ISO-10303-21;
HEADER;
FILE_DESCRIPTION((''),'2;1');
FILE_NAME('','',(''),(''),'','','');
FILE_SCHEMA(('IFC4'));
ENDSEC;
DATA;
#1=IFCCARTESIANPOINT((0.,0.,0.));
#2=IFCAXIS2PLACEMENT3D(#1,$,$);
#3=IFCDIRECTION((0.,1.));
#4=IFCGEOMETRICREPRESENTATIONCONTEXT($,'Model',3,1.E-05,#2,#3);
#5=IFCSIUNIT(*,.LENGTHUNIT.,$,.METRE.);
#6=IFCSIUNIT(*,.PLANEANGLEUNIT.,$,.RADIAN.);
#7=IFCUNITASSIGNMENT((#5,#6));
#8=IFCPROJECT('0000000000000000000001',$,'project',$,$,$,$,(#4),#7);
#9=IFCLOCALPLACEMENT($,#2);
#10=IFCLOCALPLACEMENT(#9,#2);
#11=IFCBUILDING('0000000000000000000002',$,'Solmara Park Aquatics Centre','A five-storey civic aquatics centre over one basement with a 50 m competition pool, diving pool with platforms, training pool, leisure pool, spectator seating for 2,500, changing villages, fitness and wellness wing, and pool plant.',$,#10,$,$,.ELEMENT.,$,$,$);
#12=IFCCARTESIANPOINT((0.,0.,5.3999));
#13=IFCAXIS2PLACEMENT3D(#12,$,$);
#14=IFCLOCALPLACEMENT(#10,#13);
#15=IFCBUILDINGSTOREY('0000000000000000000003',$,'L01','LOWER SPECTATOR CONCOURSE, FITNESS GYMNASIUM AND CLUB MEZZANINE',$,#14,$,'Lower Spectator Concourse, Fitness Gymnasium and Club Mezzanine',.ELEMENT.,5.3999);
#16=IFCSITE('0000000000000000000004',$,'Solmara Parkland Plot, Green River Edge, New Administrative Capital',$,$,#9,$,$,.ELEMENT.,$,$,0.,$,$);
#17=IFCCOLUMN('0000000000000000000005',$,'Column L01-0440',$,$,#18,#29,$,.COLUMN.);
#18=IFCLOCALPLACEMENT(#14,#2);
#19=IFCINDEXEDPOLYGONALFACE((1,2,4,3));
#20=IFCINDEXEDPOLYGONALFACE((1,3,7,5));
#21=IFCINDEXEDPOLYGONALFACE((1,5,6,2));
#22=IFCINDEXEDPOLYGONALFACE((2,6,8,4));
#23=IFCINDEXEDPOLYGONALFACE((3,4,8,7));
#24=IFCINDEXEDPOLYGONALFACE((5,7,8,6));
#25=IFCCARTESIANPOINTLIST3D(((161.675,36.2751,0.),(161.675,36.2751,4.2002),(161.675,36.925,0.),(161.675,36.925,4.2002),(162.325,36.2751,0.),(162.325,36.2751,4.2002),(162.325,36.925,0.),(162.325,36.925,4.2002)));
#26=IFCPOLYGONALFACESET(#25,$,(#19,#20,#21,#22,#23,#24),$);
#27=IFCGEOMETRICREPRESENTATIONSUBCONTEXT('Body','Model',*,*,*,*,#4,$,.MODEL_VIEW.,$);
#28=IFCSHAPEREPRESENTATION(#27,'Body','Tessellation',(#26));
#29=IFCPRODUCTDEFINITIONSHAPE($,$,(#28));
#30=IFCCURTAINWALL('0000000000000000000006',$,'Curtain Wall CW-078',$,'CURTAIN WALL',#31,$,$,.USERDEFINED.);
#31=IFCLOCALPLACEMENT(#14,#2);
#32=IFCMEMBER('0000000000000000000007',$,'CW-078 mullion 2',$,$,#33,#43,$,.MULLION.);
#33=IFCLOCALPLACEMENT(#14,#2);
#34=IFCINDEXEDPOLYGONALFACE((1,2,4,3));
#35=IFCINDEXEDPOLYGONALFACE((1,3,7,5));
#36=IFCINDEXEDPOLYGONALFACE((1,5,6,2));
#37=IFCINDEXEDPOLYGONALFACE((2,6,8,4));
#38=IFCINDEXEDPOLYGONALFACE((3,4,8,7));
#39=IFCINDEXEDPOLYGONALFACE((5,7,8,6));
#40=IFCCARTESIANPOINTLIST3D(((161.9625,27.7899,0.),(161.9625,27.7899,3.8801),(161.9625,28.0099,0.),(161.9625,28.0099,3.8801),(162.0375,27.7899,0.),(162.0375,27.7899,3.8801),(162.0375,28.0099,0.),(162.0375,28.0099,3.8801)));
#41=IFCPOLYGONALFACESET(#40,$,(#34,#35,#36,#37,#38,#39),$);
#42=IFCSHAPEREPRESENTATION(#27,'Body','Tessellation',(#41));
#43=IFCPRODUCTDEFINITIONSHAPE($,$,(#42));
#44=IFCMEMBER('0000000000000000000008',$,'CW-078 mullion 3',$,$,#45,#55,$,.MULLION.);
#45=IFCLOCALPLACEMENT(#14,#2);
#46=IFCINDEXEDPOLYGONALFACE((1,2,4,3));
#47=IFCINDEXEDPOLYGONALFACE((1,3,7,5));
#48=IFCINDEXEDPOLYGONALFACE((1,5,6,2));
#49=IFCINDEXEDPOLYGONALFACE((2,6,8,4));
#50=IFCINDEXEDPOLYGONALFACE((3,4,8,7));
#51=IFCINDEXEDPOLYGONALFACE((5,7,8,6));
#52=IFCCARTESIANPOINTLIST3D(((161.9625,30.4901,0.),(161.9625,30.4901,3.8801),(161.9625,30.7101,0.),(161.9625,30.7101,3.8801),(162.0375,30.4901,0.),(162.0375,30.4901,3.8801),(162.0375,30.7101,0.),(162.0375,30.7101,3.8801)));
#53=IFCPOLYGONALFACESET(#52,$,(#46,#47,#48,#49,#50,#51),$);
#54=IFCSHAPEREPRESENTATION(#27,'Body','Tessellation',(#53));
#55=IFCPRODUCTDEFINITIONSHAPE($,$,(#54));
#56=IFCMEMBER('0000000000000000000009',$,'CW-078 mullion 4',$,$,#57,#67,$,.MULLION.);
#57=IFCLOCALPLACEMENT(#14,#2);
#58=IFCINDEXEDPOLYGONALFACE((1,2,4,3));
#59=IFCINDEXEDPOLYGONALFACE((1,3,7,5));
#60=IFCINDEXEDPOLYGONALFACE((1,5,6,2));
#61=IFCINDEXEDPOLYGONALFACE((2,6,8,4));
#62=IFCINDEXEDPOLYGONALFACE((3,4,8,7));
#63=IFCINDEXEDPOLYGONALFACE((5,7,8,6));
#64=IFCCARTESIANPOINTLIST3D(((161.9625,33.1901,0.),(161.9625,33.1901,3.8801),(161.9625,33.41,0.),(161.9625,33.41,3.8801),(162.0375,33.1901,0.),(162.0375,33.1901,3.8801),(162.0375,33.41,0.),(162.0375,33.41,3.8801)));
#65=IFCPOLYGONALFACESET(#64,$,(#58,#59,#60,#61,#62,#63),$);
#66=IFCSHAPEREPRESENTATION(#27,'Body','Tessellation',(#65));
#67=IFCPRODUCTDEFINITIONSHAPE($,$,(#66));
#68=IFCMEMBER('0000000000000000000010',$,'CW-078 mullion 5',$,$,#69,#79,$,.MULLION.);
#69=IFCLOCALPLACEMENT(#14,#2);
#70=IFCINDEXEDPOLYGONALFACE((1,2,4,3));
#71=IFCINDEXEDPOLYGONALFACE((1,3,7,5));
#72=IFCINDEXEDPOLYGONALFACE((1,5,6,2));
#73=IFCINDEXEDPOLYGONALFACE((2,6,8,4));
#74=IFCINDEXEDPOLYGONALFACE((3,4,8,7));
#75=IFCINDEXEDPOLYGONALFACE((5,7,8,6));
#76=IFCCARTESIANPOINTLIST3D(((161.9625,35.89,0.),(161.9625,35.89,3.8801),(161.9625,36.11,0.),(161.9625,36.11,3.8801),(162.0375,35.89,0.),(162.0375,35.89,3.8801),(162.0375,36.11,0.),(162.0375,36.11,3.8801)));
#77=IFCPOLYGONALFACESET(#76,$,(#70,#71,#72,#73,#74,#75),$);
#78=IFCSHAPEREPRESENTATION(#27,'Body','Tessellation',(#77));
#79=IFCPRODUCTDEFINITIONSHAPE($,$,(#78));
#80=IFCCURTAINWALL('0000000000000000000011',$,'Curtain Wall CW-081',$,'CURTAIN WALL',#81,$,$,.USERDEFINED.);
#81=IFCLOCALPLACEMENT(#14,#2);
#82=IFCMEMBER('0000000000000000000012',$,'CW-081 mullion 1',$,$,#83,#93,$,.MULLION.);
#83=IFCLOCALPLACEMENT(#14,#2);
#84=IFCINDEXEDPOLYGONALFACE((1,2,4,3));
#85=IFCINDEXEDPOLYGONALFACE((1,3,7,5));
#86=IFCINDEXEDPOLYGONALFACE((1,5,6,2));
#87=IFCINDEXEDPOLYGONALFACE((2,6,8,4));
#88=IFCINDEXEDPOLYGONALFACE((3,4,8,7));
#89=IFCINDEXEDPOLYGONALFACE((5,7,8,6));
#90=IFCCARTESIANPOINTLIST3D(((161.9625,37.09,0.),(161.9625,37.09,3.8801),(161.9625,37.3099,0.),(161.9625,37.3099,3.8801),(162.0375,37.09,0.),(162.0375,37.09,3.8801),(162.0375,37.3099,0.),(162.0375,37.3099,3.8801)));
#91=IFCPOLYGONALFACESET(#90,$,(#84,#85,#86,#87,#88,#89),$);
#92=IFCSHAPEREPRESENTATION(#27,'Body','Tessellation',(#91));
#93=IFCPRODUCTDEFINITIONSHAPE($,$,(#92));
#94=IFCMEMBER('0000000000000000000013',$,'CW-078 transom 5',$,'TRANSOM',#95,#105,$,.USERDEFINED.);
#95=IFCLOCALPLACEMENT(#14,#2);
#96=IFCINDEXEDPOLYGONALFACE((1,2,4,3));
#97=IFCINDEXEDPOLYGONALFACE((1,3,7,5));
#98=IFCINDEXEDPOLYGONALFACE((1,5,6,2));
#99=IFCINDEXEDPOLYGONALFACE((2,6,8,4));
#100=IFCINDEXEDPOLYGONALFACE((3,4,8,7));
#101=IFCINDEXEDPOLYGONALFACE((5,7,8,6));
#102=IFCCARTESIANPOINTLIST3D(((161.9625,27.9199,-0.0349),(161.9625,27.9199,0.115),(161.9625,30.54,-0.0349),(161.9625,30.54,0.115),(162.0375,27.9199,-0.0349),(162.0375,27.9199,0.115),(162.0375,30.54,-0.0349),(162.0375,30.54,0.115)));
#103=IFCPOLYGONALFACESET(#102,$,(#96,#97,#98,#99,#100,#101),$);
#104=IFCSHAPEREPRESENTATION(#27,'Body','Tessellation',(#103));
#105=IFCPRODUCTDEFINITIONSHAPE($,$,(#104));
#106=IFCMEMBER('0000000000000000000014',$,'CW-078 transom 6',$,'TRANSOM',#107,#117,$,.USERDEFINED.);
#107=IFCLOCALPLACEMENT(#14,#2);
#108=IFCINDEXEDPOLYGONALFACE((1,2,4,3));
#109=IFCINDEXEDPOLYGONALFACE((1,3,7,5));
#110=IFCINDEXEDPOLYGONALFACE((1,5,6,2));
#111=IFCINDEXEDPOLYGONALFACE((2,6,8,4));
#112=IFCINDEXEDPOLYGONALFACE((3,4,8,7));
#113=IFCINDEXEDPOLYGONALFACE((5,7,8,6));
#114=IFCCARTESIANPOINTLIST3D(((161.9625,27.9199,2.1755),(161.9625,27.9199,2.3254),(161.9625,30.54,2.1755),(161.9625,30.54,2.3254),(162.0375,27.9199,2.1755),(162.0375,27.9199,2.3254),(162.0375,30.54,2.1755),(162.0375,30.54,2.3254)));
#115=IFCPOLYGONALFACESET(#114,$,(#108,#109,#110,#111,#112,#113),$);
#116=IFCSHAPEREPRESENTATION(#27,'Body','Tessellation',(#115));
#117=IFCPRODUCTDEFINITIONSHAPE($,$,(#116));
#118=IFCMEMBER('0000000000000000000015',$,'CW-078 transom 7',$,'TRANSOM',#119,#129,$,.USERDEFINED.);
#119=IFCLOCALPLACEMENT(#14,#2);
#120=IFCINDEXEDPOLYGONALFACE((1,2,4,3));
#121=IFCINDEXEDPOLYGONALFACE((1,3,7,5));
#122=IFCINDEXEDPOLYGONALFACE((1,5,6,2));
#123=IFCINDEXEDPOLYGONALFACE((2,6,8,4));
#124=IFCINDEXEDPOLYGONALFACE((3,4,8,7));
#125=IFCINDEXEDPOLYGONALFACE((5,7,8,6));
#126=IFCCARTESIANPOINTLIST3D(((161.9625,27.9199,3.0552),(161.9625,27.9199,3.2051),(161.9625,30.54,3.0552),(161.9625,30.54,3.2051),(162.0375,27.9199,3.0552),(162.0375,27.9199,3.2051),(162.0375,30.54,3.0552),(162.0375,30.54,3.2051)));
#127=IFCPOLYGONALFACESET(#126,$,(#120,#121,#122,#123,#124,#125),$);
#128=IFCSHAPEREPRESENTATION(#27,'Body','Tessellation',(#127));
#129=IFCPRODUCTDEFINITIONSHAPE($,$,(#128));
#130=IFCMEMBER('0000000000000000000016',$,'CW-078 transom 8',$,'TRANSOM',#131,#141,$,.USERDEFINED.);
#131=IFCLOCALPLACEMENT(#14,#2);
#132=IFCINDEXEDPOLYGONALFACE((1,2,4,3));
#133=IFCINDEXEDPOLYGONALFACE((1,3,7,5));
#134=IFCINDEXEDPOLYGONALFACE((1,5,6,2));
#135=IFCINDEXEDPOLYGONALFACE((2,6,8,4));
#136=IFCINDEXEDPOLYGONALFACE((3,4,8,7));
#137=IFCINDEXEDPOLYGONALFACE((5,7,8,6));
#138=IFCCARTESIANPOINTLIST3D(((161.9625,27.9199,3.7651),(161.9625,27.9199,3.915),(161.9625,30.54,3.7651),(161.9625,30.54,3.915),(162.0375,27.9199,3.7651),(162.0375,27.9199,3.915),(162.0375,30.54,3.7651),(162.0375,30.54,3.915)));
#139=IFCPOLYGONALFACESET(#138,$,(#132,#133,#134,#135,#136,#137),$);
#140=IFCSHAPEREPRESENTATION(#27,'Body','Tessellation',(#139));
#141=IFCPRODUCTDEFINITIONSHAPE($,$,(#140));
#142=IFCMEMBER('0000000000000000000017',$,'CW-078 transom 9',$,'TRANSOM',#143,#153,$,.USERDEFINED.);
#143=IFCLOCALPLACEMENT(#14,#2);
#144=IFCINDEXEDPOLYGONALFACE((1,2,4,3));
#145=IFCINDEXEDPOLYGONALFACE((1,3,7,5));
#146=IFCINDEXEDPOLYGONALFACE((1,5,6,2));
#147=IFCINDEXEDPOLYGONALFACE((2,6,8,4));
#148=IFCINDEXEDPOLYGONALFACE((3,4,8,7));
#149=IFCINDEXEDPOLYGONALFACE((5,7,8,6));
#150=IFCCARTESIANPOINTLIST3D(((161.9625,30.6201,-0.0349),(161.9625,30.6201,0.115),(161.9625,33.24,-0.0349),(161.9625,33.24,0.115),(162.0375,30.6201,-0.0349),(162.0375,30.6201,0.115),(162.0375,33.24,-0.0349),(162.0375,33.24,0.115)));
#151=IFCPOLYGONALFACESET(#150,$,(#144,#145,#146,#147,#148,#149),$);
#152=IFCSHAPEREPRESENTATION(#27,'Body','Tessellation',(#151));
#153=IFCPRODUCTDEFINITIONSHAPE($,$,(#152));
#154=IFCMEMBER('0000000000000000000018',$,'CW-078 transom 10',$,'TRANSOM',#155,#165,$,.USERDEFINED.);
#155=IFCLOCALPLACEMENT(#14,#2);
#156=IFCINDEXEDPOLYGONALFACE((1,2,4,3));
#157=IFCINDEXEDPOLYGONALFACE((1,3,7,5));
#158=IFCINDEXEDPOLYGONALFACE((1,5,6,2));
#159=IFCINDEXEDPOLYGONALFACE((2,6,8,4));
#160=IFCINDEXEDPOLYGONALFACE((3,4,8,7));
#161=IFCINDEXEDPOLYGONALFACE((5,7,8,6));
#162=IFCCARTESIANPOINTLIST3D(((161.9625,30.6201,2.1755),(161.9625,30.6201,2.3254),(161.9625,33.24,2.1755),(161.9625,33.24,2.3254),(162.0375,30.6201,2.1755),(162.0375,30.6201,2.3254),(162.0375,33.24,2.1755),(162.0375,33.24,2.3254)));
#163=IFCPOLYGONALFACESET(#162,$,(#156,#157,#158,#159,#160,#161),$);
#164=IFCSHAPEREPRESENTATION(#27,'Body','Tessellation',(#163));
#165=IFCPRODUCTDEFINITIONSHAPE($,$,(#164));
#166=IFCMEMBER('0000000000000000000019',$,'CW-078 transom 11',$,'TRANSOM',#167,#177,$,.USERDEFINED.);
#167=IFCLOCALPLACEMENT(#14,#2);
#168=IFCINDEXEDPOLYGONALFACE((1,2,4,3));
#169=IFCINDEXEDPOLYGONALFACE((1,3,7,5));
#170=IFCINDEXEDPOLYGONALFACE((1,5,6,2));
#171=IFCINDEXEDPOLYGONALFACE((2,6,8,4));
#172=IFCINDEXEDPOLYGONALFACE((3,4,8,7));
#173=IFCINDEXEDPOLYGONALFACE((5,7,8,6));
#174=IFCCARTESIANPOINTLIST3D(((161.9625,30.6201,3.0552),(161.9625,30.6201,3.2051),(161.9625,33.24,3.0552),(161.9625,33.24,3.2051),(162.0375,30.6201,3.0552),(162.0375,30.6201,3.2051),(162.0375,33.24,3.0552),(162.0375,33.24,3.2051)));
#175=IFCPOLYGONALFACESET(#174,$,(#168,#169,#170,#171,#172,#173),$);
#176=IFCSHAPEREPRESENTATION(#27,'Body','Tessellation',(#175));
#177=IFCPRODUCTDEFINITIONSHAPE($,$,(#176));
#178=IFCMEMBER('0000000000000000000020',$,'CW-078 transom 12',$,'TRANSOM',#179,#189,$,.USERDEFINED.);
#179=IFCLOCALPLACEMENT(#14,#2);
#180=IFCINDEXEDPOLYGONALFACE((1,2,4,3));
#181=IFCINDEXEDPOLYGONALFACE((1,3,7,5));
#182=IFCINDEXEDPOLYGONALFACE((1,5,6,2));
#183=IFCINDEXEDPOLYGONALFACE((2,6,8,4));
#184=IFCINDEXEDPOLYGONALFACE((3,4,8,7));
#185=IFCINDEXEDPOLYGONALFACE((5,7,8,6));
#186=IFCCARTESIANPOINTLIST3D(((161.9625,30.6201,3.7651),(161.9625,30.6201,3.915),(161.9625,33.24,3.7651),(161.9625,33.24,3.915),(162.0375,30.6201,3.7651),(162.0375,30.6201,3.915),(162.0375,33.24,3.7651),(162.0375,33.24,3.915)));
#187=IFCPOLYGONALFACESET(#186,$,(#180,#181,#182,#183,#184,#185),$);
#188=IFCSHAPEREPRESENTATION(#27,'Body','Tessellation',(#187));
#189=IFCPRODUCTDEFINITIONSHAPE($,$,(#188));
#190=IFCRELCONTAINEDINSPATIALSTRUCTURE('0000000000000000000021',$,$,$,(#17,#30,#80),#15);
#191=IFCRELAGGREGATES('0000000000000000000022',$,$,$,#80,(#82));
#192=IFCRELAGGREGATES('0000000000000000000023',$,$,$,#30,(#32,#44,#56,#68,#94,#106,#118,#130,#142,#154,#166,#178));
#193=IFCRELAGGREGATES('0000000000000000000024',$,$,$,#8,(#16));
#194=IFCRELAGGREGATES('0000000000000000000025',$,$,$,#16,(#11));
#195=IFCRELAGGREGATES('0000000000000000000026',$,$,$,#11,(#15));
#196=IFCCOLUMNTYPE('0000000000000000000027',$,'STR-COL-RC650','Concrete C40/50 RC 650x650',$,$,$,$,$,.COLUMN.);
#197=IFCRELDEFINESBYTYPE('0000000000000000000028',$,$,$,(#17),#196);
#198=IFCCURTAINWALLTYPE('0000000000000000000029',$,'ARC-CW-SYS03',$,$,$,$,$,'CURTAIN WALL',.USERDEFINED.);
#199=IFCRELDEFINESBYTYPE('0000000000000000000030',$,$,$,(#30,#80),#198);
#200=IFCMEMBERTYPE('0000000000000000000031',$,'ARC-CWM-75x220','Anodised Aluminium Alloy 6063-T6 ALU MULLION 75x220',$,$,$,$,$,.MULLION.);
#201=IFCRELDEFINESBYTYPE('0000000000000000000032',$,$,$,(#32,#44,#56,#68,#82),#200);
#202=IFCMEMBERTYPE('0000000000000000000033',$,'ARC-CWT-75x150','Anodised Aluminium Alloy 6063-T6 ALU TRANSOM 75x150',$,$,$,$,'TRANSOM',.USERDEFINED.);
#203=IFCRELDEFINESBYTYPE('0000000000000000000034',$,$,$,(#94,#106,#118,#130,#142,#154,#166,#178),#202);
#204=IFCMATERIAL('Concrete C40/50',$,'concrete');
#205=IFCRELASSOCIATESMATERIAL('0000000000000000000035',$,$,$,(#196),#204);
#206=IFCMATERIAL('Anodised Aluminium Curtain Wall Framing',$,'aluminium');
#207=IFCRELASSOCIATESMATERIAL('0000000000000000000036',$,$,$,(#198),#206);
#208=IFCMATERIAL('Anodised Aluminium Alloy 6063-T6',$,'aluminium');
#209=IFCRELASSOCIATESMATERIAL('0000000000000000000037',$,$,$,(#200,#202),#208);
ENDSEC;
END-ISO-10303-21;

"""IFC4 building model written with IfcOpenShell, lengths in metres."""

from ifc_helpers import new_model, si_unit, direction, frame, origin, origin_2d, place, context, subcontext, project, spatial, rectangle, extrude, material, material_profile, profile_set, type_object, element, aggregate, save


model = new_model("IFC4")

# Units and contexts
model_context = context("Model", 3, precision=1e-05, world=origin(), true_north=direction((0.0, 1.0)))
body_context = subcontext(model_context, "Body", "Model", "MODEL_VIEW")
ifc_project = project(units=[si_unit("LENGTHUNIT", "METRE"), si_unit("PLANEANGLEUNIT", "RADIAN")], contexts=[model_context])

# Site, building, storey
site_placement = place(None, origin())
site = spatial("IfcSite", under=ifc_project, at=site_placement, Name="Solmara Parkland Plot, Green River Edge, New Administrative Capital", CompositionType="ELEMENT", RefElevation=0.0)
building_placement = place(site_placement, origin())
building = spatial("IfcBuilding", under=site, at=building_placement, Name="Solmara Park Aquatics Centre", Description="A five-storey civic aquatics centre over one basement with a 50 m competition pool, diving pool with platforms, training pool, leisure pool, spectator seating for 2,500, changing villages, fitness and wellness wing, and pool plant.", CompositionType="ELEMENT")
storey_placement = place(building_placement, frame((0.0, 0.0, 5.3999)))
storey = spatial("IfcBuildingStorey", under=building, at=storey_placement, Name="L01", Description="LOWER SPECTATOR CONCOURSE, FITNESS GYMNASIUM AND CLUB MEZZANINE", LongName="Lower Spectator Concourse, Fitness Gymnasium and Club Mezzanine", CompositionType="ELEMENT", Elevation=5.3999)

# Column
ifc_material_1 = material(Name="Concrete C40/50", Category="concrete")
ifc_material_profile_1 = material_profile(ifc_material_1, rectangle(XDim=0.6499, YDim=0.6499, at=origin_2d()), Name="RC 650x650")
ifc_profile_set_1 = profile_set([ifc_material_profile_1], Name="Concrete C40/50")
column_type = type_object("IfcColumnType", Name="STR-COL-RC650", Description="Concrete C40/50 RC 650x650", PredefinedType="COLUMN", material=ifc_profile_set_1)
column_placement = place(storey_placement, frame((162.0, 36.6001, 0.0), z_axis=(0.0, 0.0, 1.0), x_axis=(1.0, 0.0, 0.0)))
element("IfcColumn", 1, at=column_placement, inside=storey, type_object=column_type, Name="Column L01-0440", PredefinedType="COLUMN", context=body_context, shape_type="SweptSolid", body=[
    extrude(rectangle(XDim=0.6499, YDim=0.6499, at=origin_2d()), origin(), (0.0, 0.0, 1.0), 4.2002),
])

# Curtain wall, members
ifc_material_2 = material(Name="Anodised Aluminium Curtain Wall Framing", Category="aluminium")
curtain_wall_type = type_object("IfcCurtainWallType", Name="ARC-CW-SYS03", ElementType="CURTAIN WALL", PredefinedType="USERDEFINED", material=ifc_material_2)
curtain_wall_1_placement = place(storey_placement, origin())
curtain_wall_1 = element("IfcCurtainWall", 2, at=curtain_wall_1_placement, inside=storey, type_object=curtain_wall_type, Name="Curtain Wall CW-078", ObjectType="CURTAIN WALL", PredefinedType="USERDEFINED")
ifc_material_3 = material(Name="Anodised Aluminium Alloy 6063-T6", Category="aluminium")
ifc_material_profile_2 = material_profile(ifc_material_3, rectangle(XDim=0.075, YDim=0.22, at=origin_2d()), Name="ALU MULLION 75x220")
ifc_profile_set_2 = profile_set([ifc_material_profile_2], Name="Anodised Aluminium Alloy 6063-T6")
member_type_1 = type_object("IfcMemberType", Name="ARC-CWM-75x220", Description="Anodised Aluminium Alloy 6063-T6 ALU MULLION 75x220", PredefinedType="MULLION", material=ifc_profile_set_2)
member_1_placement = place(storey_placement, frame((162.0, 27.8999, 0.0), z_axis=(0.0, 0.0, 1.0), x_axis=(1.0, 0.0, 0.0)))
member_1 = element("IfcMember", 3, at=member_1_placement, type_object=member_type_1, Name="CW-078 mullion 2", PredefinedType="MULLION", context=body_context, shape_type="SweptSolid", body=[
    extrude(rectangle(XDim=0.075, YDim=0.22, at=origin_2d()), origin(), (0.0, 0.0, 1.0), 3.8801),
])
member_2_placement = place(storey_placement, frame((162.0, 30.6001, 0.0), z_axis=(0.0, 0.0, 1.0), x_axis=(1.0, 0.0, 0.0)))
member_2 = element("IfcMember", 4, at=member_2_placement, type_object=member_type_1, Name="CW-078 mullion 3", PredefinedType="MULLION", context=body_context, shape_type="SweptSolid", body=[
    extrude(rectangle(XDim=0.075, YDim=0.22, at=origin_2d()), origin(), (0.0, 0.0, 1.0), 3.8801),
])
member_3_placement = place(storey_placement, frame((162.0, 33.3, 0.0), z_axis=(0.0, 0.0, 1.0), x_axis=(1.0, 0.0, 0.0)))
member_3 = element("IfcMember", 5, at=member_3_placement, type_object=member_type_1, Name="CW-078 mullion 4", PredefinedType="MULLION", context=body_context, shape_type="SweptSolid", body=[
    extrude(rectangle(XDim=0.075, YDim=0.22, at=origin_2d()), origin(), (0.0, 0.0, 1.0), 3.8801),
])
member_4_placement = place(storey_placement, frame((162.0, 36.0, 0.0), z_axis=(0.0, 0.0, 1.0), x_axis=(1.0, 0.0, 0.0)))
member_4 = element("IfcMember", 6, at=member_4_placement, type_object=member_type_1, Name="CW-078 mullion 5", PredefinedType="MULLION", context=body_context, shape_type="SweptSolid", body=[
    extrude(rectangle(XDim=0.075, YDim=0.22, at=origin_2d()), origin(), (0.0, 0.0, 1.0), 3.8801),
])

# Curtain wall, member
curtain_wall_2_placement = place(storey_placement, origin())
curtain_wall_2 = element("IfcCurtainWall", 7, at=curtain_wall_2_placement, inside=storey, type_object=curtain_wall_type, Name="Curtain Wall CW-081", ObjectType="CURTAIN WALL", PredefinedType="USERDEFINED")
member_5_placement = place(storey_placement, frame((162.0, 37.2, 0.0), z_axis=(0.0, 0.0, 1.0), x_axis=(1.0, 0.0, 0.0)))
member_5 = element("IfcMember", 8, at=member_5_placement, type_object=member_type_1, Name="CW-081 mullion 1", PredefinedType="MULLION", context=body_context, shape_type="SweptSolid", body=[
    extrude(rectangle(XDim=0.075, YDim=0.22, at=origin_2d()), origin(), (0.0, 0.0, 1.0), 3.8801),
])

# Members
ifc_material_profile_3 = material_profile(ifc_material_3, rectangle(XDim=0.075, YDim=0.1499, at=origin_2d()), Name="ALU TRANSOM 75x150")
ifc_profile_set_3 = profile_set([ifc_material_profile_3], Name="Anodised Aluminium Alloy 6063-T6")
member_type_2 = type_object("IfcMemberType", Name="ARC-CWT-75x150", Description="Anodised Aluminium Alloy 6063-T6 ALU TRANSOM 75x150", ElementType="TRANSOM", PredefinedType="USERDEFINED", material=ifc_profile_set_3)
member_6_placement = place(storey_placement, frame((162.0, 27.9199, 0.04), z_axis=(0.0, 1.0, 0.0), x_axis=(-1.0, 0.0, 0.0)))
member_6 = element("IfcMember", 9, at=member_6_placement, type_object=member_type_2, Name="CW-078 transom 5", ObjectType="TRANSOM", PredefinedType="USERDEFINED", context=body_context, shape_type="SweptSolid", body=[
    extrude(rectangle(XDim=0.075, YDim=0.1499, at=origin_2d()), origin(), (0.0, 0.0, 1.0), 2.6201),
])
member_7_placement = place(storey_placement, frame((162.0, 27.9199, 2.2505), z_axis=(0.0, 1.0, 0.0), x_axis=(-1.0, 0.0, 0.0)))
member_7 = element("IfcMember", 10, at=member_7_placement, type_object=member_type_2, Name="CW-078 transom 6", ObjectType="TRANSOM", PredefinedType="USERDEFINED", context=body_context, shape_type="SweptSolid", body=[
    extrude(rectangle(XDim=0.075, YDim=0.1499, at=origin_2d()), origin(), (0.0, 0.0, 1.0), 2.6201),
])
member_8_placement = place(storey_placement, frame((162.0, 27.9199, 3.1301), z_axis=(0.0, 1.0, 0.0), x_axis=(-1.0, 0.0, 0.0)))
member_8 = element("IfcMember", 11, at=member_8_placement, type_object=member_type_2, Name="CW-078 transom 7", ObjectType="TRANSOM", PredefinedType="USERDEFINED", context=body_context, shape_type="SweptSolid", body=[
    extrude(rectangle(XDim=0.075, YDim=0.1499, at=origin_2d()), origin(), (0.0, 0.0, 1.0), 2.6201),
])
member_9_placement = place(storey_placement, frame((162.0, 27.9199, 3.8401), z_axis=(0.0, 1.0, 0.0), x_axis=(-1.0, 0.0, 0.0)))
member_9 = element("IfcMember", 12, at=member_9_placement, type_object=member_type_2, Name="CW-078 transom 8", ObjectType="TRANSOM", PredefinedType="USERDEFINED", context=body_context, shape_type="SweptSolid", body=[
    extrude(rectangle(XDim=0.075, YDim=0.1499, at=origin_2d()), origin(), (0.0, 0.0, 1.0), 2.6201),
])
member_10_placement = place(storey_placement, frame((162.0, 30.6201, 0.04), z_axis=(0.0, 1.0, 0.0), x_axis=(-1.0, 0.0, 0.0)))
member_10 = element("IfcMember", 13, at=member_10_placement, type_object=member_type_2, Name="CW-078 transom 9", ObjectType="TRANSOM", PredefinedType="USERDEFINED", context=body_context, shape_type="SweptSolid", body=[
    extrude(rectangle(XDim=0.075, YDim=0.1499, at=origin_2d()), origin(), (0.0, 0.0, 1.0), 2.6199),
])
member_11_placement = place(storey_placement, frame((162.0, 30.6201, 2.2505), z_axis=(0.0, 1.0, 0.0), x_axis=(-1.0, 0.0, 0.0)))
member_11 = element("IfcMember", 14, at=member_11_placement, type_object=member_type_2, Name="CW-078 transom 10", ObjectType="TRANSOM", PredefinedType="USERDEFINED", context=body_context, shape_type="SweptSolid", body=[
    extrude(rectangle(XDim=0.075, YDim=0.1499, at=origin_2d()), origin(), (0.0, 0.0, 1.0), 2.6199),
])
member_12_placement = place(storey_placement, frame((162.0, 30.6201, 3.1301), z_axis=(0.0, 1.0, 0.0), x_axis=(-1.0, 0.0, 0.0)))
member_12 = element("IfcMember", 15, at=member_12_placement, type_object=member_type_2, Name="CW-078 transom 11", ObjectType="TRANSOM", PredefinedType="USERDEFINED", context=body_context, shape_type="SweptSolid", body=[
    extrude(rectangle(XDim=0.075, YDim=0.1499, at=origin_2d()), origin(), (0.0, 0.0, 1.0), 2.6199),
])
member_13_placement = place(storey_placement, frame((162.0, 30.6201, 3.8401), z_axis=(0.0, 1.0, 0.0), x_axis=(-1.0, 0.0, 0.0)))
member_13 = element("IfcMember", 16, at=member_13_placement, type_object=member_type_2, Name="CW-078 transom 12", ObjectType="TRANSOM", PredefinedType="USERDEFINED", context=body_context, shape_type="SweptSolid", body=[
    extrude(rectangle(XDim=0.075, YDim=0.1499, at=origin_2d()), origin(), (0.0, 0.0, 1.0), 2.6199),
])

aggregate(curtain_wall_2, [member_5])
aggregate(curtain_wall_1, [member_1, member_2, member_3, member_4, member_6, member_7, member_8, member_9, member_10, member_11, member_12, member_13])

save(model, "model.ifc")
